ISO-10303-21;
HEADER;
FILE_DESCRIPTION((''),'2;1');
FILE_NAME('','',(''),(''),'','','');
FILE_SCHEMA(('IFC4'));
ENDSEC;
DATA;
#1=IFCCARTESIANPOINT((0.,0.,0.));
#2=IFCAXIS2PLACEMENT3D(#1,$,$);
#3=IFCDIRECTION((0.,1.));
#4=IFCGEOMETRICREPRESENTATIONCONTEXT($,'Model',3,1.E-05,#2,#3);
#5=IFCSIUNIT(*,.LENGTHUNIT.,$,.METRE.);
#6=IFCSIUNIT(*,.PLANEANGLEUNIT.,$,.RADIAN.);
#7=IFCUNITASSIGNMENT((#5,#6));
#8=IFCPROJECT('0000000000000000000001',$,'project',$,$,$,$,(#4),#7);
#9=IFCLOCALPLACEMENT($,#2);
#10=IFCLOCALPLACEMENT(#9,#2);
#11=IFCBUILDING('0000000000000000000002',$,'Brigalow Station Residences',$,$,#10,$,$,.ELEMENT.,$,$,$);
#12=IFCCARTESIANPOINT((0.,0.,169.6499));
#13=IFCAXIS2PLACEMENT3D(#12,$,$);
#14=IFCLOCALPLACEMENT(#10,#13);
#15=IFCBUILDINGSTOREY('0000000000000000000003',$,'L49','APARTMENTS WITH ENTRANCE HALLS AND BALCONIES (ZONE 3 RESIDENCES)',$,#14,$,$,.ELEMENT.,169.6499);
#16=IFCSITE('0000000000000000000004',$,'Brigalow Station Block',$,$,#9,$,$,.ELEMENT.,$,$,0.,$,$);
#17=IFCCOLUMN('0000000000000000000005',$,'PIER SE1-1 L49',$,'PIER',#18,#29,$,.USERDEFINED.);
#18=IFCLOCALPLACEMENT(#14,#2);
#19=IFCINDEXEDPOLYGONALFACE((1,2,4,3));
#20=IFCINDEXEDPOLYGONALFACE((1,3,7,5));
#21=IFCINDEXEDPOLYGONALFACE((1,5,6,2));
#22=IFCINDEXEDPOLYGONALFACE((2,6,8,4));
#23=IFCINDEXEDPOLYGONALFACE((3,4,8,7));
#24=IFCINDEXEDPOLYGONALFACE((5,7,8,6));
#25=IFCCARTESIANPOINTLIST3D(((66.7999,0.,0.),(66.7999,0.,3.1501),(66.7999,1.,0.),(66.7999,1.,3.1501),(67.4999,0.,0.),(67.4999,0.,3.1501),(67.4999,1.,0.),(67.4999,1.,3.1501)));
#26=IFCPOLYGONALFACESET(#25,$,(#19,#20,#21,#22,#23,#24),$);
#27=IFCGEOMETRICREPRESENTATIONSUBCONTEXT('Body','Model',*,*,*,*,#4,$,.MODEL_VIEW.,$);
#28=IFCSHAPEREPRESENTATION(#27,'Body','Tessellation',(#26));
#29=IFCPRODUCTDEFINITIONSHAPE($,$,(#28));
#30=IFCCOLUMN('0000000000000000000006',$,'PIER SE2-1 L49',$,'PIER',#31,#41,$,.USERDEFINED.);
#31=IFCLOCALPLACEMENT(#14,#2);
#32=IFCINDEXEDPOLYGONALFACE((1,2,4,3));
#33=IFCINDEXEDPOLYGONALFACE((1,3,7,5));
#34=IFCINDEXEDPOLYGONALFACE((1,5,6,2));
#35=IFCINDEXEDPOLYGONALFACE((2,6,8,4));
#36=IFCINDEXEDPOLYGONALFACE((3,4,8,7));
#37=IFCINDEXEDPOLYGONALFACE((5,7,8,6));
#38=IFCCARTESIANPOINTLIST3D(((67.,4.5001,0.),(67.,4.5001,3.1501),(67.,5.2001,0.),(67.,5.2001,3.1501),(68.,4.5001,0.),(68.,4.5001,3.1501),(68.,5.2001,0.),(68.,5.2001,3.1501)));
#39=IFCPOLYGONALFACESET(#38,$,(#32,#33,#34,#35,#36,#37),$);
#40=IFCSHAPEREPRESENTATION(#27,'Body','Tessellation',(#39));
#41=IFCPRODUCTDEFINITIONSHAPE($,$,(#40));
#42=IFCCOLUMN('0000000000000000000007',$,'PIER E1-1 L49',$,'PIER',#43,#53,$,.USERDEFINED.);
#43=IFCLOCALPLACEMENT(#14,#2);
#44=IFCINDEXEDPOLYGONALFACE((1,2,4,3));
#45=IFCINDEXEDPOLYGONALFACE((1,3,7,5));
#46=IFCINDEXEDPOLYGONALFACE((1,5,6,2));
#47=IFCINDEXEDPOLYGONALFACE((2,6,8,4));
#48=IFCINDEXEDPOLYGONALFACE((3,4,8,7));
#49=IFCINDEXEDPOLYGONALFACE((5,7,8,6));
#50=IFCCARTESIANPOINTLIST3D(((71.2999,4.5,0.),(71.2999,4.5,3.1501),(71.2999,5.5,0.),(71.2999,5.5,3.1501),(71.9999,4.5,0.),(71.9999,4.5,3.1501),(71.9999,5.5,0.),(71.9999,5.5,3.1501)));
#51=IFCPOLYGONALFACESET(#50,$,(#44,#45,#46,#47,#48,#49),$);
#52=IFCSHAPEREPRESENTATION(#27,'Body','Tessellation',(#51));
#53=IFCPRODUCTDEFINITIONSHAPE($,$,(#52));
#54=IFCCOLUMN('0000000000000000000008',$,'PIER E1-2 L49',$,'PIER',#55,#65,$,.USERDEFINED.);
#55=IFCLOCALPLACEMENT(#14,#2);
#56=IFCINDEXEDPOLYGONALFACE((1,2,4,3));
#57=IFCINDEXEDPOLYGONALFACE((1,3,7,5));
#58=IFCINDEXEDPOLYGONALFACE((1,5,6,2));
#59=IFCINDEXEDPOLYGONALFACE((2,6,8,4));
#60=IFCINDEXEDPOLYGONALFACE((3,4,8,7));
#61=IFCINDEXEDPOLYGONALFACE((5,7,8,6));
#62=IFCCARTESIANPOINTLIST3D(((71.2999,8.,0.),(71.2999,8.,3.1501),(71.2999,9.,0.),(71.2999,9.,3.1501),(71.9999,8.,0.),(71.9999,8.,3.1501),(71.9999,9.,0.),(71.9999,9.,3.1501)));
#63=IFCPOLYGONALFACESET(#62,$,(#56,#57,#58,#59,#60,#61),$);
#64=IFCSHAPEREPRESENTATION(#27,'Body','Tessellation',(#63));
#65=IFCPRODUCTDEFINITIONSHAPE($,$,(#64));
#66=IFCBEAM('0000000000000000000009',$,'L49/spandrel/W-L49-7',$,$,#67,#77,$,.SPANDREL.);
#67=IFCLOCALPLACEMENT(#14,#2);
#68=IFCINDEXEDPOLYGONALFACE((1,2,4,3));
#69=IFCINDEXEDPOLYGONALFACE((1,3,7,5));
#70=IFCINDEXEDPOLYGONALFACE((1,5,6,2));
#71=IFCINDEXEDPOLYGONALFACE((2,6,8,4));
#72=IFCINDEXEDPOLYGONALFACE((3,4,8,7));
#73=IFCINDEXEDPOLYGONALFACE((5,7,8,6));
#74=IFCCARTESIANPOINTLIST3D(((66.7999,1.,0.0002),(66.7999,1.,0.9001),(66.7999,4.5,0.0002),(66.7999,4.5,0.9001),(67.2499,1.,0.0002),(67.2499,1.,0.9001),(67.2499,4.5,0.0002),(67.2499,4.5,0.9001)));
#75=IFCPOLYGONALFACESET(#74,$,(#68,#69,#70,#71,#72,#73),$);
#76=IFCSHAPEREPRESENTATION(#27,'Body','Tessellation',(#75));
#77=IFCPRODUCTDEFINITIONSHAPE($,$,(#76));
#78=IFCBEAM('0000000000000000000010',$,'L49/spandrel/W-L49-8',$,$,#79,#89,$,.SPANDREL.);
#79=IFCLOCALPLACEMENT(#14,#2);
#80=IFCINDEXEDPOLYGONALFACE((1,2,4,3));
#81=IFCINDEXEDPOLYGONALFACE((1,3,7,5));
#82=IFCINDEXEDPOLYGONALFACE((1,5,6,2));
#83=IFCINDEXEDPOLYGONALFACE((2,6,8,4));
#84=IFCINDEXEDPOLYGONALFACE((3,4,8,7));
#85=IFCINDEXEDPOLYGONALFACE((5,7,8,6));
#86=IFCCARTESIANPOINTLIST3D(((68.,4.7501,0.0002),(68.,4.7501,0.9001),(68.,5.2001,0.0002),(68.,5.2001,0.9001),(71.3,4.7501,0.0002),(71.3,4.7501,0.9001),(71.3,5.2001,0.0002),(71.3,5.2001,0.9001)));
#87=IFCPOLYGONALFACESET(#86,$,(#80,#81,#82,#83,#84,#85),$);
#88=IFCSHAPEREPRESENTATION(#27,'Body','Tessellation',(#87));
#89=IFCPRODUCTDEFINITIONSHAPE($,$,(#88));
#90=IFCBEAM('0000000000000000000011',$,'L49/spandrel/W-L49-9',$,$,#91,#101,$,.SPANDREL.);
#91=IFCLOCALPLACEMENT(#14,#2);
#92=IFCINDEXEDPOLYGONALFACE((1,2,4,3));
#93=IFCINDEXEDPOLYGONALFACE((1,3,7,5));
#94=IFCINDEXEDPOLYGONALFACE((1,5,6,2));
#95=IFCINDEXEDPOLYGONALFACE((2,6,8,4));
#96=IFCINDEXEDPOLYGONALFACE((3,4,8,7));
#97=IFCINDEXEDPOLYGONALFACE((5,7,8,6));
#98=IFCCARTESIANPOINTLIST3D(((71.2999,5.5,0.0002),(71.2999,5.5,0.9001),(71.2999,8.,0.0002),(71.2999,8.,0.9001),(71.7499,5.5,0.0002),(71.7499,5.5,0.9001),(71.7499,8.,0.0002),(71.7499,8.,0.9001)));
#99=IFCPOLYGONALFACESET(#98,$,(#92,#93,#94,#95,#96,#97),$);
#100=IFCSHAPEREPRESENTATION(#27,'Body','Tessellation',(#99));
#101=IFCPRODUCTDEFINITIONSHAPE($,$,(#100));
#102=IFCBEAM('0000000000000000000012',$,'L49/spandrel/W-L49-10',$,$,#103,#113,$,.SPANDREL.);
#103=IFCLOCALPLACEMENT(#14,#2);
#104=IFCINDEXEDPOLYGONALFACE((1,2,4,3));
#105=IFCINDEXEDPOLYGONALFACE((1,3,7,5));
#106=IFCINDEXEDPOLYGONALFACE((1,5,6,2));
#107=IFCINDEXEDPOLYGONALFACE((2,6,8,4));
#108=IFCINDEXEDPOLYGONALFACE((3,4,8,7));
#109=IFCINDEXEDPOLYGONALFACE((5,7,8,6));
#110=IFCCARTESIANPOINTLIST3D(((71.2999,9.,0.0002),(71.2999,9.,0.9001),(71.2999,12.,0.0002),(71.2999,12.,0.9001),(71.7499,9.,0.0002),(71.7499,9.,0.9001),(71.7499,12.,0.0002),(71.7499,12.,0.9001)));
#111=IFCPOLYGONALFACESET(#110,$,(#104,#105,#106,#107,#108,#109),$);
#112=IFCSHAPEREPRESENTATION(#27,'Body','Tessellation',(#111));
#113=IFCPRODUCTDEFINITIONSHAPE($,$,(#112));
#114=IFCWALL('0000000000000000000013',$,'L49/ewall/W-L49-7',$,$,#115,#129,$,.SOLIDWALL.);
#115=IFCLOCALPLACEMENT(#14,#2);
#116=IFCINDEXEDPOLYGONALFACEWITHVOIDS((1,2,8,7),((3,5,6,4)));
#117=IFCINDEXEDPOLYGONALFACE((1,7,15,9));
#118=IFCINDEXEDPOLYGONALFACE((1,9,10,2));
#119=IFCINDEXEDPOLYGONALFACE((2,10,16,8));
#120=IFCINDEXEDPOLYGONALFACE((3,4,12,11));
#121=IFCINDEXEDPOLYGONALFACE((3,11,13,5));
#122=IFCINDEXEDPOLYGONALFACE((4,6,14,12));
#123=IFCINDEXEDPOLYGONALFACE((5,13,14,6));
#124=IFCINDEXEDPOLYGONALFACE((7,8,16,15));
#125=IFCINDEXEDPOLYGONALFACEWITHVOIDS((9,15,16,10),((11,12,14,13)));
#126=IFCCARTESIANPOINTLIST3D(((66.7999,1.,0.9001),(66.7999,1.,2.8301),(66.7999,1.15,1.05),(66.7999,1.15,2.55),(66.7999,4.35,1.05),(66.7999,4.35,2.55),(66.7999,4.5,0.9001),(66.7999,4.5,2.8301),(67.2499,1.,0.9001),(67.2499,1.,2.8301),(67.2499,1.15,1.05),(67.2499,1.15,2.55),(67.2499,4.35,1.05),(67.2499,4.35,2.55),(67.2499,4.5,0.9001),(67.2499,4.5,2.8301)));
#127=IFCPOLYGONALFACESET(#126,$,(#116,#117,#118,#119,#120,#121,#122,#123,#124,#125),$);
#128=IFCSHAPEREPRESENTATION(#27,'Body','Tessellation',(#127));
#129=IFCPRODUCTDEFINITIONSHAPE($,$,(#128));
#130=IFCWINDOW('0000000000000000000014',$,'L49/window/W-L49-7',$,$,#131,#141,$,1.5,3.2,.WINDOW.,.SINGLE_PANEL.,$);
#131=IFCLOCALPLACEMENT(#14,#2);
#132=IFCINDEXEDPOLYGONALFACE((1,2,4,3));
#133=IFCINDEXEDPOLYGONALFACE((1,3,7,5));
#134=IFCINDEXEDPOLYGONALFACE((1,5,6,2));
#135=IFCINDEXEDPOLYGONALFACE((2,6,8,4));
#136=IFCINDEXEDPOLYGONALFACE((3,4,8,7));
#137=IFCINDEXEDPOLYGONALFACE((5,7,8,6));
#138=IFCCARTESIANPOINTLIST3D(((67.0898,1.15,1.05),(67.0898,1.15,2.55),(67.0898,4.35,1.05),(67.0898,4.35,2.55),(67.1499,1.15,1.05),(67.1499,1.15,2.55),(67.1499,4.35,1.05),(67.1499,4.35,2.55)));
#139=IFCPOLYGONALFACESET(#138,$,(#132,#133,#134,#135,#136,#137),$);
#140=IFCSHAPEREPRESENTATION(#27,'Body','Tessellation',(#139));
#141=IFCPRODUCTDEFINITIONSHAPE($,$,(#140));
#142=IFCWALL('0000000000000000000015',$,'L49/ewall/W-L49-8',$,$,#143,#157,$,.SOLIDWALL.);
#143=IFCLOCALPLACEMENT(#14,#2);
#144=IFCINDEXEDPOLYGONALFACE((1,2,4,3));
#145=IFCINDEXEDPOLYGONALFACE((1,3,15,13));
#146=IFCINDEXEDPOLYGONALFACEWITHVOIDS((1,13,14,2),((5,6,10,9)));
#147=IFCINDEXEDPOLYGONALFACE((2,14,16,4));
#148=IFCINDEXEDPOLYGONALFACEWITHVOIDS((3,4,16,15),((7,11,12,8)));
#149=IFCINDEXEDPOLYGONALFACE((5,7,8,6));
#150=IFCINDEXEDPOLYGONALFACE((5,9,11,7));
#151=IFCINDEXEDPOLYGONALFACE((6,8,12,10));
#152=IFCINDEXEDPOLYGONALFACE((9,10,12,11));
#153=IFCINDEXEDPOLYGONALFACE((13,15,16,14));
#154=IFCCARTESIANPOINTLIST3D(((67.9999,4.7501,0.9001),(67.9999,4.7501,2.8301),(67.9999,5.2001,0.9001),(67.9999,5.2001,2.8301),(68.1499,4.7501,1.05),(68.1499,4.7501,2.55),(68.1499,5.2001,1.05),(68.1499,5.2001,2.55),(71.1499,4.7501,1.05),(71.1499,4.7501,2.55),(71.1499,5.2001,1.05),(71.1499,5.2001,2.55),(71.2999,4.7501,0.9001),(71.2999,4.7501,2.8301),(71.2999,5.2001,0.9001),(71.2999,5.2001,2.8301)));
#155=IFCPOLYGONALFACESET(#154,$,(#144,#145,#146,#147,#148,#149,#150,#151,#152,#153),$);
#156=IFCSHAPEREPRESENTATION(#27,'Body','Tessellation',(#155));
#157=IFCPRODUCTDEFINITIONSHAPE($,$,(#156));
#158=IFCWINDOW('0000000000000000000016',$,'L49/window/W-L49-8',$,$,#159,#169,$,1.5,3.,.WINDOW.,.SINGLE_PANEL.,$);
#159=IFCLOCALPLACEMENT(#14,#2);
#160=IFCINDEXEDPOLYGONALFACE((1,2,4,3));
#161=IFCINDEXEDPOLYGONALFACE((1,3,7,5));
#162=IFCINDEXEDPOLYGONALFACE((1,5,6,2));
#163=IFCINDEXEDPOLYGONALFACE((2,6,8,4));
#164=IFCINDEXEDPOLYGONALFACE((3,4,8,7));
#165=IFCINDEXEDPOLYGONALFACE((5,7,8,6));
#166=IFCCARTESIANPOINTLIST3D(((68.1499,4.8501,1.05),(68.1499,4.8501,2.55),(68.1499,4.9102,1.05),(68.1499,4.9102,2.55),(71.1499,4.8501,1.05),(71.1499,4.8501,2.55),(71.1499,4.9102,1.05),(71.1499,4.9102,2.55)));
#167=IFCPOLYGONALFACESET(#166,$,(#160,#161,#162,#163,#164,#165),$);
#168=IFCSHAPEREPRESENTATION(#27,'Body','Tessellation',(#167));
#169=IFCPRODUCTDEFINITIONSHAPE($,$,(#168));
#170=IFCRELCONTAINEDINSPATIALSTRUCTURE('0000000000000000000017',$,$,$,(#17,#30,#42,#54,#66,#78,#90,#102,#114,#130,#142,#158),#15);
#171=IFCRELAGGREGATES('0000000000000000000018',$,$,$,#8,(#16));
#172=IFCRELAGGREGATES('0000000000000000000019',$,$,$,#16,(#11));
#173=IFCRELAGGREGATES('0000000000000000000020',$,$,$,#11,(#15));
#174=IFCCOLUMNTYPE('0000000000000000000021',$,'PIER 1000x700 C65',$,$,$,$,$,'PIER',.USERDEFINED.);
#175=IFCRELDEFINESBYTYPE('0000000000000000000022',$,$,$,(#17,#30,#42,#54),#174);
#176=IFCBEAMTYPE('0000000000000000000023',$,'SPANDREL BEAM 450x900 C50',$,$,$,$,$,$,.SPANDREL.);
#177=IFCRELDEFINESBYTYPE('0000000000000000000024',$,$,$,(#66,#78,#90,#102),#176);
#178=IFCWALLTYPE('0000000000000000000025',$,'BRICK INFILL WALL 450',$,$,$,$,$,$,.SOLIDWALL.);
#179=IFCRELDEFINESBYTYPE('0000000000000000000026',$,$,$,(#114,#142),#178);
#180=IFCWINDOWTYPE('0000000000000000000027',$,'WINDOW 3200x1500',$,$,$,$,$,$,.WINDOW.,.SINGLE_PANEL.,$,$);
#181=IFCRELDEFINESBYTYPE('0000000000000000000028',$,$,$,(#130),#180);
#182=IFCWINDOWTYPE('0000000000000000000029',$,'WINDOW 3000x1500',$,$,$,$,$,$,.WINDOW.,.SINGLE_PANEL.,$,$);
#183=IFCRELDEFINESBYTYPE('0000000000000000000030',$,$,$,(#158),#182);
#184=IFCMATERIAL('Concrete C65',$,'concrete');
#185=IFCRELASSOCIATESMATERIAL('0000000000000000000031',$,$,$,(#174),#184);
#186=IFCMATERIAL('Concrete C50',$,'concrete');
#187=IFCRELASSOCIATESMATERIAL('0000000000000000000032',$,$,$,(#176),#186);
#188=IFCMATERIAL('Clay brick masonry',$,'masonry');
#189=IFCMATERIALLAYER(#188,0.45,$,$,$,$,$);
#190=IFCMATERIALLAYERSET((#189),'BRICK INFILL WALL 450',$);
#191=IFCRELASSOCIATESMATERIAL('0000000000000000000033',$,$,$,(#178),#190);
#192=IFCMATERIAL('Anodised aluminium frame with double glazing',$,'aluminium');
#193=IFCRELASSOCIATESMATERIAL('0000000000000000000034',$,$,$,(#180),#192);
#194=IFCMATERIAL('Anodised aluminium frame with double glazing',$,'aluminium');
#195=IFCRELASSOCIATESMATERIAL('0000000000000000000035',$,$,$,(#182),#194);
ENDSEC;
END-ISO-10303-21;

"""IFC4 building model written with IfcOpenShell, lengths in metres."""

from ifc_helpers import new_model, si_unit, direction, frame, frame_2d, origin, origin_2d, place, context, subcontext, project, spatial, rectangle, extrude, material, layer, layer_set, material_profile, profile_set, type_object, element, fill, save


model = new_model("IFC4")

# Units and contexts
model_context = context("Model", 3, precision=1e-05, world=origin(), true_north=direction((0.0, 1.0)))
body_context = subcontext(model_context, "Body", "Model", "MODEL_VIEW")
ifc_project = project(units=[si_unit("LENGTHUNIT", "METRE"), si_unit("PLANEANGLEUNIT", "RADIAN")], contexts=[model_context])

# Site, building, storey
site_placement = place(None, origin())
site = spatial("IfcSite", under=ifc_project, at=site_placement, Name="Brigalow Station Block", CompositionType="ELEMENT", RefElevation=0.0)
building_placement = place(site_placement, origin())
building = spatial("IfcBuilding", under=site, at=building_placement, Name="Brigalow Station Residences", CompositionType="ELEMENT")
storey_placement = place(building_placement, frame((0.0, 0.0, 169.6499)))
storey = spatial("IfcBuildingStorey", under=building, at=storey_placement, Name="L49", Description="APARTMENTS WITH ENTRANCE HALLS AND BALCONIES (ZONE 3 RESIDENCES)", CompositionType="ELEMENT", Elevation=169.6499)

# Columns
ifc_material_1 = material(Name="Concrete C65", Category="concrete")
ifc_material_profile_1 = material_profile(ifc_material_1, rectangle(XDim=1.0, YDim=0.7, at=origin_2d()), Name="RC1000x700")
ifc_profile_set_1 = profile_set([ifc_material_profile_1], Name="Concrete C65")
column_type = type_object("IfcColumnType", Name="PIER 1000x700 C65", ElementType="PIER", PredefinedType="USERDEFINED", material=ifc_profile_set_1)
for number, where, z_axis, x_axis, name in (
    (1, (67.1499, 0.5, 0.0), (0.0, 0.0, 1.0), (0.0, 1.0, 0.0), "PIER SE1-1 L49"),
    (2, (67.5, 4.8501, 0.0), (0.0, 0.0, 1.0), (1.0, 0.0, 0.0), "PIER SE2-1 L49"),
    (3, (71.6499, 5.0, 0.0), (0.0, 0.0, 1.0), (0.0, 1.0, 0.0), "PIER E1-1 L49"),
    (4, (71.6499, 8.5, 0.0), (0.0, 0.0, 1.0), (0.0, 1.0, 0.0), "PIER E1-2 L49"),
):
    element("IfcColumn", number, at=place(storey_placement, frame(where, z_axis=z_axis, x_axis=x_axis)), inside=storey, type_object=column_type, Name=name, ObjectType="PIER", PredefinedType="USERDEFINED", context=body_context, shape_type="SweptSolid", body=[
        extrude(rectangle(XDim=1.0, YDim=0.7, at=origin_2d()), origin(), (0.0, 0.0, 1.0), 3.1501),
    ])

# Beams
ifc_material_2 = material(Name="Concrete C50", Category="concrete")
ifc_material_profile_2 = material_profile(ifc_material_2, rectangle(XDim=0.45, YDim=0.8999, at=origin_2d()), Name="RC450x900")
ifc_profile_set_2 = profile_set([ifc_material_profile_2], Name="Concrete C50")
beam_type = type_object("IfcBeamType", Name="SPANDREL BEAM 450x900 C50", PredefinedType="SPANDREL", material=ifc_profile_set_2)
beam_1_placement = place(storey_placement, frame((67.0249, 1.0, 0.4502), z_axis=(0.0, 1.0, 0.0), x_axis=(-1.0, 0.0, 0.0)))
element("IfcBeam", 5, at=beam_1_placement, inside=storey, type_object=beam_type, Name="L49/spandrel/W-L49-7", PredefinedType="SPANDREL", context=body_context, shape_type="SweptSolid", body=[
    extrude(rectangle(XDim=0.45, YDim=0.8999, at=origin_2d()), origin(), (0.0, 0.0, 1.0), 3.5),
])
beam_2_placement = place(storey_placement, frame((68.0, 4.9751, 0.4502), z_axis=(1.0, 0.0, 0.0), x_axis=(0.0, 1.0, 0.0)))
element("IfcBeam", 6, at=beam_2_placement, inside=storey, type_object=beam_type, Name="L49/spandrel/W-L49-8", PredefinedType="SPANDREL", context=body_context, shape_type="SweptSolid", body=[
    extrude(rectangle(XDim=0.45, YDim=0.8999, at=origin_2d()), origin(), (0.0, 0.0, 1.0), 3.3),
])
beam_3_placement = place(storey_placement, frame((71.5249, 5.5, 0.4502), z_axis=(0.0, 1.0, 0.0), x_axis=(-1.0, 0.0, 0.0)))
element("IfcBeam", 7, at=beam_3_placement, inside=storey, type_object=beam_type, Name="L49/spandrel/W-L49-9", PredefinedType="SPANDREL", context=body_context, shape_type="SweptSolid", body=[
    extrude(rectangle(XDim=0.45, YDim=0.8999, at=origin_2d()), origin(), (0.0, 0.0, 1.0), 2.5),
])
beam_4_placement = place(storey_placement, frame((71.5249, 9.0, 0.4502), z_axis=(0.0, 1.0, 0.0), x_axis=(-1.0, 0.0, 0.0)))
element("IfcBeam", 8, at=beam_4_placement, inside=storey, type_object=beam_type, Name="L49/spandrel/W-L49-10", PredefinedType="SPANDREL", context=body_context, shape_type="SweptSolid", body=[
    extrude(rectangle(XDim=0.45, YDim=0.8999, at=origin_2d()), origin(), (0.0, 0.0, 1.0), 3.0),
])

# Walls, openings, windows
ifc_material_3 = material(Name="Clay brick masonry", Category="masonry")
ifc_layer_1 = layer(ifc_material_3, 0.45)
ifc_layer_set_1 = layer_set([ifc_layer_1], Name="BRICK INFILL WALL 450")
wall_type_1 = type_object("IfcWallType", Name="BRICK INFILL WALL 450", PredefinedType="SOLIDWALL", material=ifc_layer_set_1)
wall_1_placement = place(storey_placement, frame((67.0249, 1.0, 0.9001), z_axis=(0.0, 0.0, 1.0), x_axis=(0.0, 1.0, 0.0)))
wall_1 = element("IfcWall", 9, at=wall_1_placement, inside=storey, type_object=wall_type_1, Name="L49/ewall/W-L49-7", PredefinedType="SOLIDWALL", context=body_context, shape_type="SweptSolid", body=[
    extrude(rectangle(XDim=3.5, YDim=0.45, at=frame_2d((1.75, 0.0))), origin(), (0.0, 0.0, 1.0), 1.9299),
])
opening_1_placement = place(wall_1_placement, frame((0.1499, 0.0, 0.1499)))
opening_1 = element("IfcOpeningElement", 10, at=opening_1_placement, cuts=wall_1, PredefinedType="OPENING", context=body_context, shape_type="SweptSolid", body=[
    extrude(rectangle(XDim=3.2, YDim=1.5, at=frame_2d((1.6001, 0.75))), frame((0.0, 0.2349, 0.0), z_axis=(0.0, -1.0, 0.0), x_axis=(1.0, 0.0, 0.0)), (0.0, 0.0, 1.0), 0.47),
])
ifc_material_4 = material(Name="Anodised aluminium frame with double glazing", Category="aluminium")
window_type_1 = type_object("IfcWindowType", Name="WINDOW 3200x1500", PartitioningType="SINGLE_PANEL", PredefinedType="WINDOW", material=ifc_material_4)
window_1_placement = place(opening_1_placement, origin())
window_1 = element("IfcWindow", 11, at=window_1_placement, inside=storey, type_object=window_type_1, Name="L49/window/W-L49-7", OverallHeight=1.5, OverallWidth=3.2, PartitioningType="SINGLE_PANEL", PredefinedType="WINDOW", context=body_context, shape_type="SweptSolid", body=[
    extrude(rectangle(XDim=3.2, YDim=1.5, at=frame_2d((1.6001, 0.75))), frame((0.0, -0.0649, 0.0), z_axis=(0.0, -1.0, 0.0), x_axis=(1.0, 0.0, 0.0)), (0.0, 0.0, 1.0), 0.0601),
])
fill(opening_1, window_1)
wall_2_placement = place(storey_placement, frame((68.0, 4.9751, 0.9001), z_axis=(0.0, 0.0, 1.0), x_axis=(1.0, 0.0, 0.0)))
wall_2 = element("IfcWall", 12, at=wall_2_placement, inside=storey, type_object=wall_type_1, Name="L49/ewall/W-L49-8", PredefinedType="SOLIDWALL", context=body_context, shape_type="SweptSolid", body=[
    extrude(rectangle(XDim=3.3, YDim=0.45, at=frame_2d((1.6499, 0.0))), origin(), (0.0, 0.0, 1.0), 1.9299),
])
opening_2_placement = place(wall_2_placement, frame((0.1499, 0.0, 0.1499)))
opening_2 = element("IfcOpeningElement", 13, at=opening_2_placement, cuts=wall_2, PredefinedType="OPENING", context=body_context, shape_type="SweptSolid", body=[
    extrude(rectangle(XDim=3.0, YDim=1.5, at=frame_2d((1.5, 0.75))), frame((0.0, 0.2349, 0.0), z_axis=(0.0, -1.0, 0.0), x_axis=(1.0, 0.0, 0.0)), (0.0, 0.0, 1.0), 0.47),
])
ifc_material_5 = material(Name="Anodised aluminium frame with double glazing", Category="aluminium")
window_type_2 = type_object("IfcWindowType", Name="WINDOW 3000x1500", PartitioningType="SINGLE_PANEL", PredefinedType="WINDOW", material=ifc_material_5)
window_2_placement = place(opening_2_placement, origin())
window_2 = element("IfcWindow", 14, at=window_2_placement, inside=storey, type_object=window_type_2, Name="L49/window/W-L49-8", OverallHeight=1.5, OverallWidth=3.0, PartitioningType="SINGLE_PANEL", PredefinedType="WINDOW", context=body_context, shape_type="SweptSolid", body=[
    extrude(rectangle(XDim=3.0, YDim=1.5, at=frame_2d((1.5, 0.75))), frame((0.0, -0.0649, 0.0), z_axis=(0.0, -1.0, 0.0), x_axis=(1.0, 0.0, 0.0)), (0.0, 0.0, 1.0), 0.0601),
])
fill(opening_2, window_2)

save(model, "model.ifc")
